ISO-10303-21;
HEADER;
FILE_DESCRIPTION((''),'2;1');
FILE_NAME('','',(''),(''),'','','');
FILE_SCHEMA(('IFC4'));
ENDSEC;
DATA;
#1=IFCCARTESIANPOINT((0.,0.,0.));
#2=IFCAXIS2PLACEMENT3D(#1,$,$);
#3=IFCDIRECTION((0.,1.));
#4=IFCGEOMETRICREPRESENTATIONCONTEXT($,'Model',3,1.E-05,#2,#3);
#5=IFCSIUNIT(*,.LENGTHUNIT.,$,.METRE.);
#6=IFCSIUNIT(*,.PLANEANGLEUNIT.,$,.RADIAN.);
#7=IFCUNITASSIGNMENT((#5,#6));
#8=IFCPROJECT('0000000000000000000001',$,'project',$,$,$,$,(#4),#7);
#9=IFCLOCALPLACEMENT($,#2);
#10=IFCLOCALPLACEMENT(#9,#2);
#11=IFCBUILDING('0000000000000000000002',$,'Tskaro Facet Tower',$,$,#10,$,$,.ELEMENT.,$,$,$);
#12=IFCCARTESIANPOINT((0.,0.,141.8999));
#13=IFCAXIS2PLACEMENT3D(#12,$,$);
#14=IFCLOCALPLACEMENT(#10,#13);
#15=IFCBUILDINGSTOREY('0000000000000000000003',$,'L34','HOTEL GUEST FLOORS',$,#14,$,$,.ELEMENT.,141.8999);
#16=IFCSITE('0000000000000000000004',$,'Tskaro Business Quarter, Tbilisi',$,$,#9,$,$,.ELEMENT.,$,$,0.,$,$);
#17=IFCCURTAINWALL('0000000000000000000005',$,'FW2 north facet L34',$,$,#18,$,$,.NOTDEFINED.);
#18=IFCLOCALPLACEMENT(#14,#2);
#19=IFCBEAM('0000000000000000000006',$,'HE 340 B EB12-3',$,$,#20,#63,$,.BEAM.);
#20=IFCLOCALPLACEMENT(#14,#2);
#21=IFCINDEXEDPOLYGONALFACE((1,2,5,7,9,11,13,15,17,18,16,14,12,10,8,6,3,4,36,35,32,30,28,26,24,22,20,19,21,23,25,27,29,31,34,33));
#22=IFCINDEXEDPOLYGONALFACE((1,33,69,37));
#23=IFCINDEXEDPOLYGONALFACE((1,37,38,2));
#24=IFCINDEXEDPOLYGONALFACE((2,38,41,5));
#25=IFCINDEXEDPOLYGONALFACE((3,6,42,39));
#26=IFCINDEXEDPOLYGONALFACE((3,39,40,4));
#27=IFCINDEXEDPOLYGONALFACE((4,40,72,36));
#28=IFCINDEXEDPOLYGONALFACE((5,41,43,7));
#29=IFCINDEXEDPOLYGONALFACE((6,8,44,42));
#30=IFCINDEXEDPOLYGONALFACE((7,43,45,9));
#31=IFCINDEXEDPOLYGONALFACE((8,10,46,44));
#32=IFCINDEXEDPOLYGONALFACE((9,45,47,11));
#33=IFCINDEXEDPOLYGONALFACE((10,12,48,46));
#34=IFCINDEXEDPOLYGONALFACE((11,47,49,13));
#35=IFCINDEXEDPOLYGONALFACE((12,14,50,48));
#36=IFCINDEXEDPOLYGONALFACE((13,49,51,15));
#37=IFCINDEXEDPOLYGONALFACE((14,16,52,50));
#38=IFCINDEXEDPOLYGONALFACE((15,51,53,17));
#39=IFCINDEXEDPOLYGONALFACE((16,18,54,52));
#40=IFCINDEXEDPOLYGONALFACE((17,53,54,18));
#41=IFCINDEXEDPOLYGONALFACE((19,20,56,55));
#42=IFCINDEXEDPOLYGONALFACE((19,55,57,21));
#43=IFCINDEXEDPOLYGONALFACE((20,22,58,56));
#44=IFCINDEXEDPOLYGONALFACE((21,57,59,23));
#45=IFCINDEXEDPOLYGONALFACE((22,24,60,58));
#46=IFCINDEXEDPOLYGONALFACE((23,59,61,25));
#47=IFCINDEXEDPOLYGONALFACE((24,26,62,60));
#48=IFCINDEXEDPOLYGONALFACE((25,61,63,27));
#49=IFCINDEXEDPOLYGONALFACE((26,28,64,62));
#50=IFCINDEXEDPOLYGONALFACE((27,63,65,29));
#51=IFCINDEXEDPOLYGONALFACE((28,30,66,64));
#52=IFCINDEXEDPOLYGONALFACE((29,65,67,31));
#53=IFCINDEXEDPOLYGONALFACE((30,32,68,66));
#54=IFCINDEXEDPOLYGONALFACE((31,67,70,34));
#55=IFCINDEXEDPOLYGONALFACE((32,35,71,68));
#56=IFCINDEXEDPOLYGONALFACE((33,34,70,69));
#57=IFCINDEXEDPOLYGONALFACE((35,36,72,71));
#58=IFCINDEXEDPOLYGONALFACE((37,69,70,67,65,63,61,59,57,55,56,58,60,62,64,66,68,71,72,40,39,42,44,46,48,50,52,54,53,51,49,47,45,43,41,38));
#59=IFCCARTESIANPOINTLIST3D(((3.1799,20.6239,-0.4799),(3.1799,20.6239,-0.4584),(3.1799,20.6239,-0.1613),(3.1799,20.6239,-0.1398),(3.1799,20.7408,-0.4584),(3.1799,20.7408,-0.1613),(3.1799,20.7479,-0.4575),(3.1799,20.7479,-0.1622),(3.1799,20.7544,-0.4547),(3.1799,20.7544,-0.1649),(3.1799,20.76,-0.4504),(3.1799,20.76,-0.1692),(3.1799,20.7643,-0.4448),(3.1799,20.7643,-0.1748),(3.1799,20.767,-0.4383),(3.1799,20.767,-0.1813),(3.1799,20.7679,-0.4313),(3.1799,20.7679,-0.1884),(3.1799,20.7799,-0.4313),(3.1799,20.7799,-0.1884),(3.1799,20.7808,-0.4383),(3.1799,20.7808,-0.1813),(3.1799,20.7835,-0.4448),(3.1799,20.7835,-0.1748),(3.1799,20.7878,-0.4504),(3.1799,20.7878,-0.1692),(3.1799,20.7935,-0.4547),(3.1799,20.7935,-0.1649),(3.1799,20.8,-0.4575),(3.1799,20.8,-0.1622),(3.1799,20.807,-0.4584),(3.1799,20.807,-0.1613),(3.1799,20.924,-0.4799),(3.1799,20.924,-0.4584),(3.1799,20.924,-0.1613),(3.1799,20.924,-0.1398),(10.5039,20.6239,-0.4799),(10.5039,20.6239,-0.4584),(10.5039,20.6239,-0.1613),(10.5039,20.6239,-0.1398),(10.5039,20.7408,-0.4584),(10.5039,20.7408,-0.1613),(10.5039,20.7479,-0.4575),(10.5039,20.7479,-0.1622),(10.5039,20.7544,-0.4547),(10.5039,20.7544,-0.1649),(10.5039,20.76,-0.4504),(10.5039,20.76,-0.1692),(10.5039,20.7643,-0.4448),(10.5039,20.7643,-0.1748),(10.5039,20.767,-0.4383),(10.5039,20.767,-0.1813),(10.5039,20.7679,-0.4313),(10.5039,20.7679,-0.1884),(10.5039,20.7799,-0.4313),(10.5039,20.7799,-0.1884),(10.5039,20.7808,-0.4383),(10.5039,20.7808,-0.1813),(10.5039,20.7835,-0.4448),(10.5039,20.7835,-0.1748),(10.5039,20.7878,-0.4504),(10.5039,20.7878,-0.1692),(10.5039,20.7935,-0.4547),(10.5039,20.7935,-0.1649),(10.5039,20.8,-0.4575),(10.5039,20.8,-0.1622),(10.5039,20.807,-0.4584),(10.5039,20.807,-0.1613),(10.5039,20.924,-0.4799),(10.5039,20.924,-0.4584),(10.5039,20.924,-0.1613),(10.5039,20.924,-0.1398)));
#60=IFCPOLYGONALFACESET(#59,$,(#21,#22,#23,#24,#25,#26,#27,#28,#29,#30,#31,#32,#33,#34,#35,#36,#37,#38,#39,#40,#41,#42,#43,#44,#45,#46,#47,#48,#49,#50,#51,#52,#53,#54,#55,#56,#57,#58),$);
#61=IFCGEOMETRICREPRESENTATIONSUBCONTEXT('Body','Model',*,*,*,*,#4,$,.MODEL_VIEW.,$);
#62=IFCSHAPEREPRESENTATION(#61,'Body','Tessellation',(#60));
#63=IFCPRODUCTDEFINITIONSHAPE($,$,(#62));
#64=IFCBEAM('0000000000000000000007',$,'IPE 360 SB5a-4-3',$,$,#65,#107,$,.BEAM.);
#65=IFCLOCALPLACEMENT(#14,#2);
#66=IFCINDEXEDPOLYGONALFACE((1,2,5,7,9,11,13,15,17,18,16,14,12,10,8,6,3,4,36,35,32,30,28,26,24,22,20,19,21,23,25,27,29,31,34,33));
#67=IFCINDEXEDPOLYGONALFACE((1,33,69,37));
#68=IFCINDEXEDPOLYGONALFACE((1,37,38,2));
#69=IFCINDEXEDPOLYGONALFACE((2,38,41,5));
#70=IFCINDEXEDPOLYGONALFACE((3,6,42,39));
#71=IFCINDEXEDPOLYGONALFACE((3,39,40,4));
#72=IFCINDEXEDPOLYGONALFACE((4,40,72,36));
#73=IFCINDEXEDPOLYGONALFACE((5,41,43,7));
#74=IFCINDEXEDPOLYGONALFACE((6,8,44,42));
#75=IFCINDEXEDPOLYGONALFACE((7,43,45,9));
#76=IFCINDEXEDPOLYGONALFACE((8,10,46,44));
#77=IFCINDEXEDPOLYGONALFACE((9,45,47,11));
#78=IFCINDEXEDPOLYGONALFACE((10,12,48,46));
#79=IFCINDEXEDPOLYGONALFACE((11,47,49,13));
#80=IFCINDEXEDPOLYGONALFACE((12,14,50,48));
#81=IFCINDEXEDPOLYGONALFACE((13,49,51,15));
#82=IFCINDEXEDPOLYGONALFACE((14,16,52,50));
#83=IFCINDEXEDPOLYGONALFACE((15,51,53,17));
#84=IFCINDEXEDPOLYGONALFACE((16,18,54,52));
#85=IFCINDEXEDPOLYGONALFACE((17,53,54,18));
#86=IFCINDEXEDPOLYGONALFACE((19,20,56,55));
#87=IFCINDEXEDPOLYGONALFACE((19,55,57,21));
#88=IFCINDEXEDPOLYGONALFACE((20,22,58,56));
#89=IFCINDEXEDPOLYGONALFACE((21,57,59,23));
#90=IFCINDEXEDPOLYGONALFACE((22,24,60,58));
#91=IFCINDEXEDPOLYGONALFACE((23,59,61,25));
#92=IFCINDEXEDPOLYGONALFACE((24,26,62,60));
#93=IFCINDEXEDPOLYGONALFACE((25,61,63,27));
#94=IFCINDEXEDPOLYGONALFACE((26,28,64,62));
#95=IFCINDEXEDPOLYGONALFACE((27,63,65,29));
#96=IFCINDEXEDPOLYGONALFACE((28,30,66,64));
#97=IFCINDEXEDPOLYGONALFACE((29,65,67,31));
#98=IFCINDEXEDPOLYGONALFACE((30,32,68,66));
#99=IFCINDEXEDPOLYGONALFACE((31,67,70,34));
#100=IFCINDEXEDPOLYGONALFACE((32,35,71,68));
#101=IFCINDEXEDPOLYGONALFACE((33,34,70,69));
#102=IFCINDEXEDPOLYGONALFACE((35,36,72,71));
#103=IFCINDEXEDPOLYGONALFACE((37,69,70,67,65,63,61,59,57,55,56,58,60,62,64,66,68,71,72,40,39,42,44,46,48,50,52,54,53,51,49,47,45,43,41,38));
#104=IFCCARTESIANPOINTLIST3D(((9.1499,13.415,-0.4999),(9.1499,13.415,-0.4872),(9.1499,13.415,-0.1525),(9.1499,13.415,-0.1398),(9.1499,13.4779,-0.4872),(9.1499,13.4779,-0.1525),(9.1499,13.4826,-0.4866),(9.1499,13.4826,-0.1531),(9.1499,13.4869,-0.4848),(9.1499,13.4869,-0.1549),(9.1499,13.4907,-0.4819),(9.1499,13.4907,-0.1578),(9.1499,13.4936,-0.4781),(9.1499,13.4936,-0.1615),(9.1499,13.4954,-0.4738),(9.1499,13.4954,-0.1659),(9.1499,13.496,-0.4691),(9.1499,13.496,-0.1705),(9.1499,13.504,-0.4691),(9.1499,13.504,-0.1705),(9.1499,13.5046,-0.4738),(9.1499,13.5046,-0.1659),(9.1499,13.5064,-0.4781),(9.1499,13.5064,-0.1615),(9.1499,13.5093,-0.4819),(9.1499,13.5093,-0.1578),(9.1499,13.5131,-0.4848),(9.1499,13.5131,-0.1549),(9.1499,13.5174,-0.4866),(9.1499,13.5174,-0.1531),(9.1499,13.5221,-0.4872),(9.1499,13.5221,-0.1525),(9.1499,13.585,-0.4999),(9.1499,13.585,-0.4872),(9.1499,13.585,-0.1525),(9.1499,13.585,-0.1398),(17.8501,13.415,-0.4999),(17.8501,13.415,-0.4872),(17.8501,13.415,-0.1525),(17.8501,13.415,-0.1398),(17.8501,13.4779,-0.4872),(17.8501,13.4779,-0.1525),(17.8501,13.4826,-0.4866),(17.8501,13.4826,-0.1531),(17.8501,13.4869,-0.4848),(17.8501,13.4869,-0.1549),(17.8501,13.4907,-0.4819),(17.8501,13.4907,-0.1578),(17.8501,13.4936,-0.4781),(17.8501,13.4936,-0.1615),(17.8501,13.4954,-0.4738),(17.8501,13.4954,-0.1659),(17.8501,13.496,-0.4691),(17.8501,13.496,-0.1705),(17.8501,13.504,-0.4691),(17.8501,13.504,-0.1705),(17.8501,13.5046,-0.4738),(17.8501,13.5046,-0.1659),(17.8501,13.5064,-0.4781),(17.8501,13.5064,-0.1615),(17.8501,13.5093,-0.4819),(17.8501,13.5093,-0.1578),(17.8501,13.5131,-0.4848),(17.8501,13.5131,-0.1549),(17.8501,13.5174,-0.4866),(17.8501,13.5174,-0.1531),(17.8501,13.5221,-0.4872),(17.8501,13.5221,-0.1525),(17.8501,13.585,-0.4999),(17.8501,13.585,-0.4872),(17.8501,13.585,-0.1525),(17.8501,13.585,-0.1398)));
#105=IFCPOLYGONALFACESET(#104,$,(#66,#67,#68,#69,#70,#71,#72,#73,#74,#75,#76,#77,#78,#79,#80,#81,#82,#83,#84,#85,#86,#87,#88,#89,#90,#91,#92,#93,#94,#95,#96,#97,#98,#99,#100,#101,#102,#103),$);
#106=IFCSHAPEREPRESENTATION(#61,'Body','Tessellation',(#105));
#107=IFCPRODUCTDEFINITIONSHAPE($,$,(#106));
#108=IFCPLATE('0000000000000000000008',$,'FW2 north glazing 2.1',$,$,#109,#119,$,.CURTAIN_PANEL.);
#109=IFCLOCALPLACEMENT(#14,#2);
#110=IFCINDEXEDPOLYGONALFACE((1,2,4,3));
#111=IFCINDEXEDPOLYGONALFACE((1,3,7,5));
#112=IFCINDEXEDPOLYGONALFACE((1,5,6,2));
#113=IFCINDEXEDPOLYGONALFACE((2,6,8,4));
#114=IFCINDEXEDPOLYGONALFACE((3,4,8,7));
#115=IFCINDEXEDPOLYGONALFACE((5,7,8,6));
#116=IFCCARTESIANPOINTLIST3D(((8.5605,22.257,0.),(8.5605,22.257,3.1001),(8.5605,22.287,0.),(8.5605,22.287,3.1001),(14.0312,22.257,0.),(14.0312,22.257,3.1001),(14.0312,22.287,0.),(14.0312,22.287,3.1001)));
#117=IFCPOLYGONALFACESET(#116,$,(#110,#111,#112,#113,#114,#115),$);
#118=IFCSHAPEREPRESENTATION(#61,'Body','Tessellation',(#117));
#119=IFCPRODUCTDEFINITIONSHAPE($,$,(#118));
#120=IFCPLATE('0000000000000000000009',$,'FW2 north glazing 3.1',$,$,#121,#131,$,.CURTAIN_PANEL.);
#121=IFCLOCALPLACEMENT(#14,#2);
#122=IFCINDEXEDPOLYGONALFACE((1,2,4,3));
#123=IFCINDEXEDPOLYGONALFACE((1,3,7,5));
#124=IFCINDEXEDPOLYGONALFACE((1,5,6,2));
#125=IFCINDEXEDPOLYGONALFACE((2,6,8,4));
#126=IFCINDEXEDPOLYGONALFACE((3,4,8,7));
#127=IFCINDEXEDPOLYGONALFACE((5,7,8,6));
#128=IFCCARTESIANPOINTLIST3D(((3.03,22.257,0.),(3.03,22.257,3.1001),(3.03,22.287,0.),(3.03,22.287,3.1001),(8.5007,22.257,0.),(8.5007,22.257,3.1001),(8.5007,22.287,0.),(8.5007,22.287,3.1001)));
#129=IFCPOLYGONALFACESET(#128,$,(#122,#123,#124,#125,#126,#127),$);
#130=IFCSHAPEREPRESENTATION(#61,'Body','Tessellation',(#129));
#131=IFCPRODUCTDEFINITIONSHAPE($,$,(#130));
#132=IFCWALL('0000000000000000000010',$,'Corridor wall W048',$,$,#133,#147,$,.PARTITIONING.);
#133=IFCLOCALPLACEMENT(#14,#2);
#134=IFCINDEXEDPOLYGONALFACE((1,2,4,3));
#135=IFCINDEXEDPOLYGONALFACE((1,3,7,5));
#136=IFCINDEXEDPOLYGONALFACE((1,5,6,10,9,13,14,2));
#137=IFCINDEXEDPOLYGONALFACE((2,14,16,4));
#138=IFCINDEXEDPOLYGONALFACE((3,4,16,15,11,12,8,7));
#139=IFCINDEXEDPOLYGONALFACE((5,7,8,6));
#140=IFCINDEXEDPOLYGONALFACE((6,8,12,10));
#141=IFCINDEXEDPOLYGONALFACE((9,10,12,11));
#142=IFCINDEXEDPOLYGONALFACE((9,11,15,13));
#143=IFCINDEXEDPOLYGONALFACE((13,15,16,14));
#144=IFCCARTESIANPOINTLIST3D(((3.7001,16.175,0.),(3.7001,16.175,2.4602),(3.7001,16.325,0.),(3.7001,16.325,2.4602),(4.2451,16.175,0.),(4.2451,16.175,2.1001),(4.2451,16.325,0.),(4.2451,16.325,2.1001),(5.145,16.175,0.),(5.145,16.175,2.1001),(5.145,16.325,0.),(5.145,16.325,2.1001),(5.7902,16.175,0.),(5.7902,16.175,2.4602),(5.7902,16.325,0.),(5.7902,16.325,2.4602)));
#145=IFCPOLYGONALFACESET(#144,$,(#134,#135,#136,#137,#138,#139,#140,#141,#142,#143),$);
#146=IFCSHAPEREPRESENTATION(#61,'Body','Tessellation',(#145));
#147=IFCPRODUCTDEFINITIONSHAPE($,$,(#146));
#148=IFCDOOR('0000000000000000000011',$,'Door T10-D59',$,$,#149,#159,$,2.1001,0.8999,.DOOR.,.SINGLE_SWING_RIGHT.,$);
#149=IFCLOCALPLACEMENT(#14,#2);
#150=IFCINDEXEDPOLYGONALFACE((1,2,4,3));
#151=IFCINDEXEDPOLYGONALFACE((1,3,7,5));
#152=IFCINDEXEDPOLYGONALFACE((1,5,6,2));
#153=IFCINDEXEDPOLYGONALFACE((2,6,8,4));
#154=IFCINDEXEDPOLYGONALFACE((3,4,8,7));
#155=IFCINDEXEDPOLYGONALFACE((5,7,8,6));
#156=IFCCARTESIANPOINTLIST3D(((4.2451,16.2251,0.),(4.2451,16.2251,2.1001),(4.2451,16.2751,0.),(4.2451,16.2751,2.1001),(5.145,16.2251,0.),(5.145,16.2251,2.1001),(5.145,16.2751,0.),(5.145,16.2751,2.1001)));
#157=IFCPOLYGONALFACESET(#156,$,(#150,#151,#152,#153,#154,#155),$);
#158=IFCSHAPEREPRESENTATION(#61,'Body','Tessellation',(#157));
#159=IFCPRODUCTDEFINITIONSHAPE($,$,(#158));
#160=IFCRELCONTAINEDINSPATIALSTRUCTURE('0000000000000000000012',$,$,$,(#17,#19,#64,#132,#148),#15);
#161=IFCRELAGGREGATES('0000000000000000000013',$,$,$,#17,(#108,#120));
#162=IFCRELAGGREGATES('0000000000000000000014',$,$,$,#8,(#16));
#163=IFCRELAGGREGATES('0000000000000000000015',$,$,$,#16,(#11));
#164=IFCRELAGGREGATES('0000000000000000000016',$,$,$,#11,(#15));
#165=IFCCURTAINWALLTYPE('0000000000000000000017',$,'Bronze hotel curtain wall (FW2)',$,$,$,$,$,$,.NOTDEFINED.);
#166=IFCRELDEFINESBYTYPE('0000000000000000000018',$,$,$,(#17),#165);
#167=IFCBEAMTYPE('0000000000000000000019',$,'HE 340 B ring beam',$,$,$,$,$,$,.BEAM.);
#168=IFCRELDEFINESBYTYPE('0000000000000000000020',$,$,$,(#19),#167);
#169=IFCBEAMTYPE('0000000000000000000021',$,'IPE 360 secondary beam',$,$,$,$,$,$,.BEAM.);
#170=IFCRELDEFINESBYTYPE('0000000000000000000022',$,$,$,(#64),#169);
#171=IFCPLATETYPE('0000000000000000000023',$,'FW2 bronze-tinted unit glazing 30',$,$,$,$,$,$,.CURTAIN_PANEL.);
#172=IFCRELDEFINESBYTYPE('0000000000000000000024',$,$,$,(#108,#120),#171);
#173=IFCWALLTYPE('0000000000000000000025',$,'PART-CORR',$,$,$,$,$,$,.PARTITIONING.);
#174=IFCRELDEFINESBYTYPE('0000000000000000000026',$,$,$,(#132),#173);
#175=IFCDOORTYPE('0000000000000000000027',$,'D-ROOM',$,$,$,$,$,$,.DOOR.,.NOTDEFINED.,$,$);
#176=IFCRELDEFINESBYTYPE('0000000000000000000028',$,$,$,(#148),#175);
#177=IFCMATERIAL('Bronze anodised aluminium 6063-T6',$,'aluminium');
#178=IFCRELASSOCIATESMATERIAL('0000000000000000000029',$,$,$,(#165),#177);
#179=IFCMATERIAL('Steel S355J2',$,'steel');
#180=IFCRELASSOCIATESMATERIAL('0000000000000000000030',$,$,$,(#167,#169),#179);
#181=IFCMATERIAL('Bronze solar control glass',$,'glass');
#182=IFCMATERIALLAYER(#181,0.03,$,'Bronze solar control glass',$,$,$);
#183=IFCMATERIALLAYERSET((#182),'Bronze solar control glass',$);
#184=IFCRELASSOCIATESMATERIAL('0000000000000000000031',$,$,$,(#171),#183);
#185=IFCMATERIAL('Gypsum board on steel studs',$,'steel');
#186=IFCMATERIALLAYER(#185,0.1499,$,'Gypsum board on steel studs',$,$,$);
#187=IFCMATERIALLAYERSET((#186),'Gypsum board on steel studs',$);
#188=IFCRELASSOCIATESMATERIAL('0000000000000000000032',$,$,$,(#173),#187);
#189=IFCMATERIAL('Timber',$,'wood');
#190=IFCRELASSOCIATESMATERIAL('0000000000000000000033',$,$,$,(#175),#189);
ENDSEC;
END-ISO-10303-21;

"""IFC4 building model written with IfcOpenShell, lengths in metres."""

from ifc_helpers import new_model, si_unit, direction, frame, frame_2d, origin, origin_2d, place, context, subcontext, project, spatial, rectangle, i_section, extrude, material, layer, layer_set, material_profile, profile_set, type_object, element, fill, aggregate, save


model = new_model("IFC4")

# Units and contexts
model_context = context("Model", 3, precision=1e-05, world=origin(), true_north=direction((0.0, 1.0)))
body_context = subcontext(model_context, "Body", "Model", "MODEL_VIEW")
ifc_project = project(units=[si_unit("LENGTHUNIT", "METRE"), si_unit("PLANEANGLEUNIT", "RADIAN")], contexts=[model_context])

# Site, building, storey
site_placement = place(None, origin())
site = spatial("IfcSite", under=ifc_project, at=site_placement, Name="Tskaro Business Quarter, Tbilisi", CompositionType="ELEMENT", RefElevation=0.0)
building_placement = place(site_placement, origin())
building = spatial("IfcBuilding", under=site, at=building_placement, Name="Tskaro Facet Tower", CompositionType="ELEMENT")
storey_placement = place(building_placement, frame((0.0, 0.0, 141.8999)))
storey = spatial("IfcBuildingStorey", under=building, at=storey_placement, Name="L34", Description="HOTEL GUEST FLOORS", CompositionType="ELEMENT", Elevation=141.8999)

# Curtain wall
ifc_material_1 = material(Name="Bronze anodised aluminium 6063-T6", Category="aluminium")
curtain_wall_type = type_object("IfcCurtainWallType", Name="Bronze hotel curtain wall (FW2)", PredefinedType="NOTDEFINED", material=ifc_material_1)
curtain_wall_placement = place(storey_placement, origin())
curtain_wall = element("IfcCurtainWall", 1, at=curtain_wall_placement, inside=storey, type_object=curtain_wall_type, Name="FW2 north facet L34", PredefinedType="NOTDEFINED")

# Beams
ifc_material_2 = material(Name="Steel S355J2", Category="steel")
ifc_material_profile_1 = material_profile(ifc_material_2, i_section(OverallWidth=0.3, OverallDepth=0.3401, WebThickness=0.012, FlangeThickness=0.0215, FilletRadius=0.0271, at=origin_2d()), Name="HE 340 B")
ifc_profile_set_1 = profile_set([ifc_material_profile_1], Name="Steel S355J2")
beam_type_1 = type_object("IfcBeamType", Name="HE 340 B ring beam", PredefinedType="BEAM", material=ifc_profile_set_1)
beam_1_placement = place(storey_placement, frame((10.5039, 20.7739, -0.3098), z_axis=(-1.0, 0.0, 0.0), x_axis=(0.0, -1.0, 0.0)))
element("IfcBeam", 2, at=beam_1_placement, inside=storey, type_object=beam_type_1, Name="HE 340 B EB12-3", PredefinedType="BEAM", context=body_context, shape_type="SweptSolid", body=[
    extrude(i_section(OverallWidth=0.3, OverallDepth=0.3401, WebThickness=0.012, FlangeThickness=0.0215, FilletRadius=0.0271, at=origin_2d()), origin(), (0.0, 0.0, 1.0), 7.324),
])
ifc_material_profile_2 = material_profile(ifc_material_2, i_section(OverallWidth=0.1699, OverallDepth=0.3601, WebThickness=0.0081, FlangeThickness=0.0127, FilletRadius=0.0181, at=origin_2d()), Name="IPE 360")
ifc_profile_set_2 = profile_set([ifc_material_profile_2], Name="Steel S355J2")
beam_type_2 = type_object("IfcBeamType", Name="IPE 360 secondary beam", PredefinedType="BEAM", material=ifc_profile_set_2)
beam_2_placement = place(storey_placement, frame((9.1499, 13.5, -0.3198), z_axis=(1.0, 0.0, 0.0), x_axis=(0.0, 1.0, 0.0)))
element("IfcBeam", 3, at=beam_2_placement, inside=storey, type_object=beam_type_2, Name="IPE 360 SB5a-4-3", PredefinedType="BEAM", context=body_context, shape_type="SweptSolid", body=[
    extrude(i_section(OverallWidth=0.1699, OverallDepth=0.3601, WebThickness=0.0081, FlangeThickness=0.0127, FilletRadius=0.0181, at=origin_2d()), origin(), (0.0, 0.0, 1.0), 8.7002),
])

# Plates
ifc_material_3 = material(Name="Bronze solar control glass", Category="glass")
ifc_layer_1 = layer(ifc_material_3, 0.03, Name="Bronze solar control glass")
ifc_layer_set_1 = layer_set([ifc_layer_1], Name="Bronze solar control glass")
plate_type = type_object("IfcPlateType", Name="FW2 bronze-tinted unit glazing 30", PredefinedType="CURTAIN_PANEL", material=ifc_layer_set_1)
plate_1_placement = place(storey_placement, frame((11.2959, 22.272, 0.0), z_axis=(0.0, 0.0, 1.0), x_axis=(-1.0, 0.0, 0.0)))
plate_1 = element("IfcPlate", 4, at=plate_1_placement, type_object=plate_type, Name="FW2 north glazing 2.1", PredefinedType="CURTAIN_PANEL", context=body_context, shape_type="SweptSolid", body=[
    extrude(rectangle(XDim=5.4707, YDim=0.03, at=origin_2d()), origin(), (0.0, 0.0, 1.0), 3.1001),
])
plate_2_placement = place(storey_placement, frame((5.7654, 22.272, 0.0), z_axis=(0.0, 0.0, 1.0), x_axis=(-1.0, 0.0, 0.0)))
plate_2 = element("IfcPlate", 5, at=plate_2_placement, type_object=plate_type, Name="FW2 north glazing 3.1", PredefinedType="CURTAIN_PANEL", context=body_context, shape_type="SweptSolid", body=[
    extrude(rectangle(XDim=5.4707, YDim=0.03, at=origin_2d()), origin(), (0.0, 0.0, 1.0), 3.1001),
])
aggregate(curtain_wall, [plate_1, plate_2])

# Wall, opening, door
ifc_material_4 = material(Name="Gypsum board on steel studs", Category="steel")
ifc_layer_2 = layer(ifc_material_4, 0.1499, Name="Gypsum board on steel studs")
ifc_layer_set_2 = layer_set([ifc_layer_2], Name="Gypsum board on steel studs")
wall_type_1 = type_object("IfcWallType", Name="PART-CORR", PredefinedType="PARTITIONING", material=ifc_layer_set_2)
wall_1_placement = place(storey_placement, frame((5.79, 16.25, 0.0), z_axis=(0.0, 0.0, 1.0), x_axis=(-1.0, 0.0, 0.0)))
wall_1 = element("IfcWall", 6, at=wall_1_placement, inside=storey, type_object=wall_type_1, Name="Corridor wall W048", PredefinedType="PARTITIONING", context=body_context, shape_type="SweptSolid", body=[
    extrude(rectangle(XDim=2.0901, YDim=0.1499, at=frame_2d((1.0449, 0.0))), origin(), (0.0, 0.0, 1.0), 2.4602),
])
opening_1_placement = place(wall_1_placement, frame((0.645, 0.0, 0.0)))
opening_1 = element("IfcOpeningElement", 7, at=opening_1_placement, cuts=wall_1, PredefinedType="OPENING", context=body_context, shape_type="SweptSolid", body=[
    extrude(rectangle(XDim=0.8999, YDim=2.1001, at=frame_2d((0.45, 1.05))), frame((0.0, 0.085, 0.0), z_axis=(0.0, -1.0, 0.0), x_axis=(1.0, 0.0, 0.0)), (0.0, 0.0, 1.0), 0.1699),
])
ifc_material_5 = material(Name="Timber", Category="wood")
door_type = type_object("IfcDoorType", Name="D-ROOM", OperationType="NOTDEFINED", PredefinedType="DOOR", material=ifc_material_5)
door_1_placement = place(opening_1_placement, origin())
door_1 = element("IfcDoor", 8, at=door_1_placement, inside=storey, type_object=door_type, Name="Door T10-D59", OperationType="SINGLE_SWING_RIGHT", OverallHeight=2.1001, OverallWidth=0.8999, PredefinedType="DOOR", context=body_context, shape_type="SweptSolid", body=[
    extrude(rectangle(XDim=0.8999, YDim=2.1001, at=frame_2d((0.45, 1.05))), frame((0.0, 0.0249, 0.0), z_axis=(0.0, -1.0, 0.0), x_axis=(1.0, 0.0, 0.0)), (0.0, 0.0, 1.0), 0.05),
])
fill(opening_1, door_1)

save(model, "model.ifc")
